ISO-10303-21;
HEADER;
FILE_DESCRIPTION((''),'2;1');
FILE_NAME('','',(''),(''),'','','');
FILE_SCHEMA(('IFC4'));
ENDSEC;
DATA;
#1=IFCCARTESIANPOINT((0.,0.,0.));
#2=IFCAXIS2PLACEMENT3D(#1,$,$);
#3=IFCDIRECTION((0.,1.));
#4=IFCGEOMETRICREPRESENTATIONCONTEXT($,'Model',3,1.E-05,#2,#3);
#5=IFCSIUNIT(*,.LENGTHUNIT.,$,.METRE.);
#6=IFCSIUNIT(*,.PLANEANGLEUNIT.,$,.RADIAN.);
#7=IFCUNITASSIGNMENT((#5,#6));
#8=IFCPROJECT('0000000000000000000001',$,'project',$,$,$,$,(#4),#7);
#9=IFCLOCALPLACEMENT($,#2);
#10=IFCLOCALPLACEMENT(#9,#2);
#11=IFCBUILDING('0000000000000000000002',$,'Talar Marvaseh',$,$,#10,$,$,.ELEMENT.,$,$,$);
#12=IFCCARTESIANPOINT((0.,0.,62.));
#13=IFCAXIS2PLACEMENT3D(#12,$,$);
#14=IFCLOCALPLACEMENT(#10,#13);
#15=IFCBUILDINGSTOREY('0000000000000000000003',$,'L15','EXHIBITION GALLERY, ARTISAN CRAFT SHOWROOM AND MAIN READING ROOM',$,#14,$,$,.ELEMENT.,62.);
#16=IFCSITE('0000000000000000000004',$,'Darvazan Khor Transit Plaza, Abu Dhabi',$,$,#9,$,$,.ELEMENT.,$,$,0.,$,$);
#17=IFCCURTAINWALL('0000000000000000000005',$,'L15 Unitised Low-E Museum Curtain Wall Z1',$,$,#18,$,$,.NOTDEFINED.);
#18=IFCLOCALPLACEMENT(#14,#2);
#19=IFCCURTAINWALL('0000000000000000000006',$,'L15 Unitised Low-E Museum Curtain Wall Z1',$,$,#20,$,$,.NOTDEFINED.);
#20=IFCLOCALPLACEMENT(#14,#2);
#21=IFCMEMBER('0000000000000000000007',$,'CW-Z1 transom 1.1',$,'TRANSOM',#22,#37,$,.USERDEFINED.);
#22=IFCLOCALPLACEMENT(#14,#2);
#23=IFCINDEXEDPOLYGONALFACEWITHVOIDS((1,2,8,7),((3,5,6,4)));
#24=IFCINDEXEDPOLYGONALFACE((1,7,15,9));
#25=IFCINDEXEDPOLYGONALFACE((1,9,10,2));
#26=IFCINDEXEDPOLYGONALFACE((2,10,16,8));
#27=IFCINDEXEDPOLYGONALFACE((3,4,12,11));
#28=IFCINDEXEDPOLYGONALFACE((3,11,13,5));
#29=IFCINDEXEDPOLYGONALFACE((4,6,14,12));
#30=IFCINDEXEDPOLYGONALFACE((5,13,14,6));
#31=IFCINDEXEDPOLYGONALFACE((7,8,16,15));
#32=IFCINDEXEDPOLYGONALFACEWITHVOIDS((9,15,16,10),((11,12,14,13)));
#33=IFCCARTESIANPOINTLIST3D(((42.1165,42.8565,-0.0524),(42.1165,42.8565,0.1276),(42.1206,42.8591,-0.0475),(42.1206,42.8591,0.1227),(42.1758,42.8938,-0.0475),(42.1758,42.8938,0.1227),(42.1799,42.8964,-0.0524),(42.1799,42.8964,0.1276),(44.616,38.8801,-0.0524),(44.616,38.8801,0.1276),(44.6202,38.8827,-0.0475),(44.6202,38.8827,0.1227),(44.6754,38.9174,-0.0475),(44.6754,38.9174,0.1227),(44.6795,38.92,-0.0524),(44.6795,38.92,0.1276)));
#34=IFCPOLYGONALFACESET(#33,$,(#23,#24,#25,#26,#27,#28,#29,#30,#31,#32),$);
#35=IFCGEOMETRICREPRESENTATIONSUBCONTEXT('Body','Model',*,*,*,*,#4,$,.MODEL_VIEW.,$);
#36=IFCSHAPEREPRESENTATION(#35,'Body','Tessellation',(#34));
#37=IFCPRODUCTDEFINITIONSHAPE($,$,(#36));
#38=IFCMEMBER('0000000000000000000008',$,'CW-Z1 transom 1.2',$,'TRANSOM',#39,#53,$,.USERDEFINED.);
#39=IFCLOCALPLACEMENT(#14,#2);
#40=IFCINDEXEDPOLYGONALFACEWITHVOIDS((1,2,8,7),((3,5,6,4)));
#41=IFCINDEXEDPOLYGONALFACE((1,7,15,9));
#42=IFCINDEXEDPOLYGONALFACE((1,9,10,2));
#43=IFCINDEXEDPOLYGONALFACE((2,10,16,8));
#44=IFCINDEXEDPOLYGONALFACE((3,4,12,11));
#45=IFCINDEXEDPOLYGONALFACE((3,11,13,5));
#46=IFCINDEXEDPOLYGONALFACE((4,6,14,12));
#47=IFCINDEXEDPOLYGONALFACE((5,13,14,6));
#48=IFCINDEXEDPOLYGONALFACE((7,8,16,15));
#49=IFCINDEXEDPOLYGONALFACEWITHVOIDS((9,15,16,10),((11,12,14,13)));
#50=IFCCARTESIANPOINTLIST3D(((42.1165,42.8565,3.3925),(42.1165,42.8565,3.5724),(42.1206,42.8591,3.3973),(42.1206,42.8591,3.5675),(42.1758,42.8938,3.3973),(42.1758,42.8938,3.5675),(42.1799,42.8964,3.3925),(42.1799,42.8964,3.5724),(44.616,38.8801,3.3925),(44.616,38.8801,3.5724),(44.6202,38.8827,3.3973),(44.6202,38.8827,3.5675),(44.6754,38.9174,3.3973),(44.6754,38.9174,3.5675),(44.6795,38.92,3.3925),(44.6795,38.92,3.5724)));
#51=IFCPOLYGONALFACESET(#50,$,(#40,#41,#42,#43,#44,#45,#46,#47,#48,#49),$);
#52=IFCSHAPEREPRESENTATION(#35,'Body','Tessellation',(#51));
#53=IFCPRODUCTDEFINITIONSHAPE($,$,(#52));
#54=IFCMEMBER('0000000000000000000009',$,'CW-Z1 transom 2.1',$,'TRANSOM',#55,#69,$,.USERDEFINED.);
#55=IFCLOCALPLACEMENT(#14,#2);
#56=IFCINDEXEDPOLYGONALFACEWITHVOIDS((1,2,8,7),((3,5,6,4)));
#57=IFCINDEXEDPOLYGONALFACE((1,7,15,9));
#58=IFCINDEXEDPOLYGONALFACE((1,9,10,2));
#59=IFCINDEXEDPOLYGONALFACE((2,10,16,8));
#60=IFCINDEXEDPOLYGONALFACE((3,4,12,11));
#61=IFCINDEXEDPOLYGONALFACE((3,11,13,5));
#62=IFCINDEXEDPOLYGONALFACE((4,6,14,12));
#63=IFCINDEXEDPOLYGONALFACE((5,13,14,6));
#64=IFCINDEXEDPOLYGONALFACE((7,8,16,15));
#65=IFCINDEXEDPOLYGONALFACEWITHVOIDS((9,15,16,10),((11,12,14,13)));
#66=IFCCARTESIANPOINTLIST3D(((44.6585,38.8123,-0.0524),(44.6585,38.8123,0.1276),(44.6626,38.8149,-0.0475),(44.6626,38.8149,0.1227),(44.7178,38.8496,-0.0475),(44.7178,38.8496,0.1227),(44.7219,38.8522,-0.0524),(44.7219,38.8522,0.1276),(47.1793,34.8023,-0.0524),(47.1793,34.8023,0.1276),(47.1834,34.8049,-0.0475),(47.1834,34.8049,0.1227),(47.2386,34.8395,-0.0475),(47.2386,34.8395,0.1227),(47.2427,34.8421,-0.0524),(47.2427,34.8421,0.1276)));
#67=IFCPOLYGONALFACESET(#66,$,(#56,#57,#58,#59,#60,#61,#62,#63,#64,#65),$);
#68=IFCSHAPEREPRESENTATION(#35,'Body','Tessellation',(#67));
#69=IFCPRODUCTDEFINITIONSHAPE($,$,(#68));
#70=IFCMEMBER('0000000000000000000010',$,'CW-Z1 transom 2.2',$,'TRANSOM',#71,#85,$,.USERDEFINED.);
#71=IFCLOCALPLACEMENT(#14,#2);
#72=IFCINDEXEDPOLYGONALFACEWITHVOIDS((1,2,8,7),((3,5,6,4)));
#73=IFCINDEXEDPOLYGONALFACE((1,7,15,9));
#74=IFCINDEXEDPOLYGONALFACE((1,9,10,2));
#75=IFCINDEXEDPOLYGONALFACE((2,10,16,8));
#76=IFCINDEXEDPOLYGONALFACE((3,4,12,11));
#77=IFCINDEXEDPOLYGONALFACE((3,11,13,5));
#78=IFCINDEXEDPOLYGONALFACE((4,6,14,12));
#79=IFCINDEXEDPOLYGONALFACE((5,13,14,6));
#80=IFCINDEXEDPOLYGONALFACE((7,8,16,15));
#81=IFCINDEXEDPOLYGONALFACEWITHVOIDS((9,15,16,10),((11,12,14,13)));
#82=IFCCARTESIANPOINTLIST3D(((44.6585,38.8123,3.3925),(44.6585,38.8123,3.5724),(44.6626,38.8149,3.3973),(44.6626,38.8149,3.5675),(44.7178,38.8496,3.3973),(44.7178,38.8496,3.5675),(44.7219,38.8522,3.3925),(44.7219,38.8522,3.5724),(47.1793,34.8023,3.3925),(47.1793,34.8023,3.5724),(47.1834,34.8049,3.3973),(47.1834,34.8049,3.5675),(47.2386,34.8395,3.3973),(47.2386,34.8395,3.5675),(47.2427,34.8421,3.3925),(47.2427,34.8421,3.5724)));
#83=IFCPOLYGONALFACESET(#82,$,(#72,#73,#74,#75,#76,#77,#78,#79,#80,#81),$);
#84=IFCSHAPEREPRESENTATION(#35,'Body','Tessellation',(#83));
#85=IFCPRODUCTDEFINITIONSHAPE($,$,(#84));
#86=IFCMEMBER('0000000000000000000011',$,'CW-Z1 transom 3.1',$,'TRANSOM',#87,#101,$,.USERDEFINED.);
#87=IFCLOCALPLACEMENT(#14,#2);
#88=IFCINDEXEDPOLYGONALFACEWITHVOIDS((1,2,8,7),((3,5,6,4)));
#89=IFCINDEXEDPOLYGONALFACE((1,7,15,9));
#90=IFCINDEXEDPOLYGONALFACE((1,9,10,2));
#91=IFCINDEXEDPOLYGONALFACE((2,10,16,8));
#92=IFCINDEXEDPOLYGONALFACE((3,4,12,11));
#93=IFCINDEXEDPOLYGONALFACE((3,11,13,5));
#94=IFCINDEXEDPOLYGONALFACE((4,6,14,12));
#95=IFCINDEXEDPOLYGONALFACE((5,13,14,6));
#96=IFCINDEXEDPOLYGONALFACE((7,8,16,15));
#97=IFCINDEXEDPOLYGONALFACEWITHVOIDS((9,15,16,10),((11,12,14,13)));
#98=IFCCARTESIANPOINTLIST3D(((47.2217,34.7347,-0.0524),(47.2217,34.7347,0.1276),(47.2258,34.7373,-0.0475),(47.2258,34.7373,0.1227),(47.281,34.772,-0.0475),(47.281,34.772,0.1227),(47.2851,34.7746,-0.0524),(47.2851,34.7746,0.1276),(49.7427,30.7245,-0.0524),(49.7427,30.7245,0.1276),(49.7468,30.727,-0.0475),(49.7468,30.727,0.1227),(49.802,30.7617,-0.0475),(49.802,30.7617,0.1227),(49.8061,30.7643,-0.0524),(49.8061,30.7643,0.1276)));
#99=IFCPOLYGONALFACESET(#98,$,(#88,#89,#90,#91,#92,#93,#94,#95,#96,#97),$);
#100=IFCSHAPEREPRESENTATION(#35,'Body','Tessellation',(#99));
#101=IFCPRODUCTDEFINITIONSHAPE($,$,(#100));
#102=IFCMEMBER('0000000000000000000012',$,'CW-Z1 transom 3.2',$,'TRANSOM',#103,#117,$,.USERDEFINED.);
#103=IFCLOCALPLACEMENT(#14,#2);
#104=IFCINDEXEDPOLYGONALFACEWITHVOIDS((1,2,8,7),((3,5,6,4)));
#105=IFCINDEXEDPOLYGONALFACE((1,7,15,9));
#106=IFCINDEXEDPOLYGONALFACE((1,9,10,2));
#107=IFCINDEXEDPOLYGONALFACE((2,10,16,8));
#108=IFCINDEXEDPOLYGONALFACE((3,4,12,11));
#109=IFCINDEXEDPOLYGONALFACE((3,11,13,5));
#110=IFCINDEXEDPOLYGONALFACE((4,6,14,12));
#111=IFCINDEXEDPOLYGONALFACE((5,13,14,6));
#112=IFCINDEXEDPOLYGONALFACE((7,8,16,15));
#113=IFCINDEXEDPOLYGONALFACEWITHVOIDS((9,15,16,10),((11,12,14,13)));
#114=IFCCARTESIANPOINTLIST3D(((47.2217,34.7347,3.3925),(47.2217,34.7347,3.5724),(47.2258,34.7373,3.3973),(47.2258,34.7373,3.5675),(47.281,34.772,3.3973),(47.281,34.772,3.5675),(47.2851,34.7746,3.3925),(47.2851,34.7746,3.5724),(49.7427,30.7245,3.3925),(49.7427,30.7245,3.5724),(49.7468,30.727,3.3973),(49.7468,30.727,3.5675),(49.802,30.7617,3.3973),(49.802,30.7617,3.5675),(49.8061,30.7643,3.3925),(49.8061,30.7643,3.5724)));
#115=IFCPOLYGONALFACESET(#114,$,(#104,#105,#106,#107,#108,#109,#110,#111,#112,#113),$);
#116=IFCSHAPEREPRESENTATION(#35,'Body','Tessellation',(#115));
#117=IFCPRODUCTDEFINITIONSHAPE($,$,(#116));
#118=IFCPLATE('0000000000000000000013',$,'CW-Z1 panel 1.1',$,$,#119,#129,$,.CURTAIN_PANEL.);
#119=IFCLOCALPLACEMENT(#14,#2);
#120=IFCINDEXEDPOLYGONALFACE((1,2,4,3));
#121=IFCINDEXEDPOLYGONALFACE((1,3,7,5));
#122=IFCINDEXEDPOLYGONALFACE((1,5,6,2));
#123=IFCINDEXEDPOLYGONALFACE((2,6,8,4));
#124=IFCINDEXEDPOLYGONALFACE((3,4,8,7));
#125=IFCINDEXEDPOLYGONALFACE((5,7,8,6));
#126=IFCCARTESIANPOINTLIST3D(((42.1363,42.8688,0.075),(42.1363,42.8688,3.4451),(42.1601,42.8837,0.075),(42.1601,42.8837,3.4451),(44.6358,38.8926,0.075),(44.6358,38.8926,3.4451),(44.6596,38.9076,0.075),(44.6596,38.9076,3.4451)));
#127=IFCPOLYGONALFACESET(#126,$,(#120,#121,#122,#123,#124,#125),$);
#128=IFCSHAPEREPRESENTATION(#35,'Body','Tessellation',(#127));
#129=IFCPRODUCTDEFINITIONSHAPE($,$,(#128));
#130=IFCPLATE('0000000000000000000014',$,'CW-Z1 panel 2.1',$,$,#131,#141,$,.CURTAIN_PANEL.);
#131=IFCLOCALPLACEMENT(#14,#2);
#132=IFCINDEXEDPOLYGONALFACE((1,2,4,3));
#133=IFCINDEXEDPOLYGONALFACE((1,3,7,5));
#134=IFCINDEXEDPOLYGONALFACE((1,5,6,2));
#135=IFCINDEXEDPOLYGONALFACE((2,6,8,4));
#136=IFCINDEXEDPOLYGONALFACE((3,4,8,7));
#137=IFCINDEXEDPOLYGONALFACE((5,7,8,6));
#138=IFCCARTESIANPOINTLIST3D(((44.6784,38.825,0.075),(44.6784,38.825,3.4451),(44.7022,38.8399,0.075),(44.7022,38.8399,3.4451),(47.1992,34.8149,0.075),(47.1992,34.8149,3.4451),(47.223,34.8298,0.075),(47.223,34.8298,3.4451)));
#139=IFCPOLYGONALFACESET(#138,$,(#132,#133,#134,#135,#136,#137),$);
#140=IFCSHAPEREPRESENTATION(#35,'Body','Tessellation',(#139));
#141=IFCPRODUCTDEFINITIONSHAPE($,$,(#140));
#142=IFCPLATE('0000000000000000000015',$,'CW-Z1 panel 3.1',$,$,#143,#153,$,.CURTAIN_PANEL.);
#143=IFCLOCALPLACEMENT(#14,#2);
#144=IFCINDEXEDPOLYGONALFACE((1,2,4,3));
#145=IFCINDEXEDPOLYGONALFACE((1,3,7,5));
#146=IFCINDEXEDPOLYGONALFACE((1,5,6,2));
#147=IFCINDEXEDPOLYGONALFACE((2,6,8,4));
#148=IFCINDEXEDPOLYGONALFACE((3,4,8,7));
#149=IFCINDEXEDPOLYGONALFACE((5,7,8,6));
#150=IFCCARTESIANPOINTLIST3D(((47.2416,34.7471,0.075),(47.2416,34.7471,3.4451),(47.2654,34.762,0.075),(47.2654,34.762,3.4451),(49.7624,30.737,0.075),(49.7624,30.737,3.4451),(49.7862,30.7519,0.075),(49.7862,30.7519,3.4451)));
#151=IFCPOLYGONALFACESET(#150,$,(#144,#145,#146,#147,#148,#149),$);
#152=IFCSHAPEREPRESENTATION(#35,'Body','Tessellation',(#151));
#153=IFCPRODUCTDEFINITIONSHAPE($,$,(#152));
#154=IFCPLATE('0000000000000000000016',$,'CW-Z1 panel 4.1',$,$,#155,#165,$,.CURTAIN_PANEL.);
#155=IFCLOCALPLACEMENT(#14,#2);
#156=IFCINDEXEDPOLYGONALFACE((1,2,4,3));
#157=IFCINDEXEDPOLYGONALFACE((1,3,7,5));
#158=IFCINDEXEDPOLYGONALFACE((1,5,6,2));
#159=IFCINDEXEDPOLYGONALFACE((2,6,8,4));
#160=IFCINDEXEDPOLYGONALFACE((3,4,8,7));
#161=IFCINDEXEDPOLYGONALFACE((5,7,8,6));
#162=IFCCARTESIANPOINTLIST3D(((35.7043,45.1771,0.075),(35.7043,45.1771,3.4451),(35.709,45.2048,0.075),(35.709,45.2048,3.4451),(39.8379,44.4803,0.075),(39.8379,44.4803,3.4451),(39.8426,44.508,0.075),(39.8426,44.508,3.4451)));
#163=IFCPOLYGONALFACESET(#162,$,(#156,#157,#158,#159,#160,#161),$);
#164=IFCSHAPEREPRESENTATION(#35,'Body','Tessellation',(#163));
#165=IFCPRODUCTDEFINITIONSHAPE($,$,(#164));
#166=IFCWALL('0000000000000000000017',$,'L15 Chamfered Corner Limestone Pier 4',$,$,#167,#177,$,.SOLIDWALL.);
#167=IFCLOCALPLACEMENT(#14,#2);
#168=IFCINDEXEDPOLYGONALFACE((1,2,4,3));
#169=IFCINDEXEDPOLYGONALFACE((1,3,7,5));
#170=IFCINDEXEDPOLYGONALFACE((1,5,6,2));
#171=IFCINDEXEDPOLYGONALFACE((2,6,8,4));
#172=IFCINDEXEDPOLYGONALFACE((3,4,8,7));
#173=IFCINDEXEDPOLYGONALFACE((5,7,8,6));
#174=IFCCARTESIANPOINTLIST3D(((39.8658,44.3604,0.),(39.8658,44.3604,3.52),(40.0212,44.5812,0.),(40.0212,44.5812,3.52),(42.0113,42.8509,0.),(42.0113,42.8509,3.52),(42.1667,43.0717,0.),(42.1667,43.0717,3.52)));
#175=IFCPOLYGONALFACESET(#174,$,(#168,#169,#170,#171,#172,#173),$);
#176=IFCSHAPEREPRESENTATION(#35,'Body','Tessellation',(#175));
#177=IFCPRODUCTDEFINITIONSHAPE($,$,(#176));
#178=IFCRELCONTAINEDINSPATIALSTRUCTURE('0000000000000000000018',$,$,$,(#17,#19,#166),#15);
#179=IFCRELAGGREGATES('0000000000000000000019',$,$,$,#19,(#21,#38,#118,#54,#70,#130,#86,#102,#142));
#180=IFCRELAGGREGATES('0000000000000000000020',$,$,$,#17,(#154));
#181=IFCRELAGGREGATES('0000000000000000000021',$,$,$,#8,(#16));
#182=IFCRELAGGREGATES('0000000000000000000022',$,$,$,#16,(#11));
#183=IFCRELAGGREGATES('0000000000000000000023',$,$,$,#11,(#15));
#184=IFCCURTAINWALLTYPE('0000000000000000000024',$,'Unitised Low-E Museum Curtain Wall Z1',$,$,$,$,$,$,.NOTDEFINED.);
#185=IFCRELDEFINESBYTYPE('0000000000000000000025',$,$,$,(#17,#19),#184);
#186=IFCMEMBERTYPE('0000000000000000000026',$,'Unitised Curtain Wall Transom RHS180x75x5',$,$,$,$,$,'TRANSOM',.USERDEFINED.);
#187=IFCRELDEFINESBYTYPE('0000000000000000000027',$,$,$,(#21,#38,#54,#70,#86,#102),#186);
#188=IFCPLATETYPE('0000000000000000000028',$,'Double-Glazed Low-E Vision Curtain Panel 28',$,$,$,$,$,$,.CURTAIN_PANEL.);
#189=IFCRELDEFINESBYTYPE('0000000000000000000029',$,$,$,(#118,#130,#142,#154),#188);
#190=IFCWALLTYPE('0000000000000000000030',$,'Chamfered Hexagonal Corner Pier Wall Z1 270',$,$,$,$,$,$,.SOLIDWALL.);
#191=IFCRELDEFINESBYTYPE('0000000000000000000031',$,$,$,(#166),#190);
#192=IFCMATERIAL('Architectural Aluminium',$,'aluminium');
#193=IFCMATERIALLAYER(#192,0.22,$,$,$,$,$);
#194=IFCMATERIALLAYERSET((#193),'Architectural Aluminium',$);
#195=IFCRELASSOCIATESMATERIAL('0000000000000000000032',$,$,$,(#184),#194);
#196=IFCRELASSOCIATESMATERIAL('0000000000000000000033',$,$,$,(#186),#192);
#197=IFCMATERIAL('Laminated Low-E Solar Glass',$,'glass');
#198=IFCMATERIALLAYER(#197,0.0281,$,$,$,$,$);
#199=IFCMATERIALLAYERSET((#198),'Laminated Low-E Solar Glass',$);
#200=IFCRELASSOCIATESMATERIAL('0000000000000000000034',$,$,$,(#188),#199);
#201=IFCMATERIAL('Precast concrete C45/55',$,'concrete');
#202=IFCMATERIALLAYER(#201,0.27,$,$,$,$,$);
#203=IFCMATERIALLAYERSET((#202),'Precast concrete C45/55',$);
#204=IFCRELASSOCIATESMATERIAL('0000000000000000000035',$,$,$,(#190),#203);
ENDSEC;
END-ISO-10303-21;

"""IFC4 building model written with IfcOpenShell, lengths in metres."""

from ifc_helpers import new_model, si_unit, direction, frame, frame_2d, origin, origin_2d, place, context, subcontext, project, spatial, rectangle, hollow_rectangle, extrude, source, transform, mapped, material, layer, layer_set, material_profile, profile_set, type_object, type_shapes, element, aggregate, save


model = new_model("IFC4")

# Units and contexts
model_context = context("Model", 3, precision=1e-05, world=origin(), true_north=direction((0.0, 1.0)))
body_context = subcontext(model_context, "Body", "Model", "MODEL_VIEW")
ifc_project = project(units=[si_unit("LENGTHUNIT", "METRE"), si_unit("PLANEANGLEUNIT", "RADIAN")], contexts=[model_context])

# Site, building, storey
site_placement = place(None, origin())
site = spatial("IfcSite", under=ifc_project, at=site_placement, Name="Darvazan Khor Transit Plaza, Abu Dhabi", CompositionType="ELEMENT", RefElevation=0.0)
building_placement = place(site_placement, origin())
building = spatial("IfcBuilding", under=site, at=building_placement, Name="Talar Marvaseh", CompositionType="ELEMENT")
storey_placement = place(building_placement, frame((0.0, 0.0, 62.0)))
storey = spatial("IfcBuildingStorey", under=building, at=storey_placement, Name="L15", Description="EXHIBITION GALLERY, ARTISAN CRAFT SHOWROOM AND MAIN READING ROOM", CompositionType="ELEMENT", Elevation=62.0)

# Curtain wall
ifc_material_1 = material(Name="Architectural Aluminium", Category="aluminium")
ifc_layer_1 = layer(ifc_material_1, 0.22)
ifc_layer_set_1 = layer_set([ifc_layer_1], Name="Architectural Aluminium")
curtain_wall_type = type_object("IfcCurtainWallType", Name="Unitised Low-E Museum Curtain Wall Z1", PredefinedType="NOTDEFINED", material=ifc_layer_set_1)
curtain_wall_1_placement = place(storey_placement, origin())
curtain_wall_1 = element("IfcCurtainWall", 1, at=curtain_wall_1_placement, inside=storey, type_object=curtain_wall_type, Name="L15 Unitised Low-E Museum Curtain Wall Z1", PredefinedType="NOTDEFINED")

# Curtain wall, members, plates
curtain_wall_2_placement = place(storey_placement, origin())
curtain_wall_2 = element("IfcCurtainWall", 2, at=curtain_wall_2_placement, inside=storey, type_object=curtain_wall_type, Name="L15 Unitised Low-E Museum Curtain Wall Z1", PredefinedType="NOTDEFINED")
ifc_material_profile_1 = material_profile(ifc_material_1, hollow_rectangle(XDim=0.075, YDim=0.1799, WallThickness=0.0049, at=origin_2d()), Name="RHS180x75x5")
ifc_profile_set_1 = profile_set([ifc_material_profile_1], Name="Architectural Aluminium")
member_type_1 = type_object("IfcMemberType", Name="Unitised Curtain Wall Transom RHS180x75x5", ElementType="TRANSOM", PredefinedType="USERDEFINED", material=ifc_profile_set_1)
shared_shape_1 = source(origin(), body_context, "Body", "SweptSolid", [
    extrude(hollow_rectangle(XDim=0.075, YDim=0.1799, WallThickness=0.0049, at=origin_2d()), origin(), (0.0, 0.0, 1.0), 4.6968),
])
member_1_placement = place(storey_placement, frame((42.1482, 42.8765, 0.0376), z_axis=(0.532189, -0.846626, 0.0), x_axis=(0.846626, 0.532189, 0.0)))
member_1 = element("IfcMember", 3, at=member_1_placement, type_object=member_type_1, Name="CW-Z1 transom 1.1", ObjectType="TRANSOM", PredefinedType="USERDEFINED", context=body_context, shape_type="MappedRepresentation", body=[
    mapped(shared_shape_1, transform((0.0, 0.0, 0.0), x_axis=(1.0, 0.0, 0.0), y_axis=(0.0, 1.0, 0.0), z_axis=(0.0, 0.0, 1.0), scale=1.0)),
])
member_2_placement = place(storey_placement, frame((42.1482, 42.8765, 3.4824), z_axis=(0.532189, -0.846626, 0.0), x_axis=(0.846626, 0.532189, 0.0)))
member_2 = element("IfcMember", 4, at=member_2_placement, type_object=member_type_1, Name="CW-Z1 transom 1.2", ObjectType="TRANSOM", PredefinedType="USERDEFINED", context=body_context, shape_type="MappedRepresentation", body=[
    mapped(shared_shape_1, transform((0.0, 0.0, 0.0), x_axis=(1.0, 0.0, 0.0), y_axis=(0.0, 1.0, 0.0), z_axis=(0.0, 0.0, 1.0), scale=1.0)),
])
shared_shape_2 = source(origin(), body_context, "Body", "SweptSolid", [
    extrude(hollow_rectangle(XDim=0.075, YDim=0.1799, WallThickness=0.0049, at=origin_2d()), origin(), (0.0, 0.0, 1.0), 4.7366),
])
member_3_placement = place(storey_placement, frame((44.6902, 38.8323, 0.0376), z_axis=(0.532198, -0.84662, 0.0), x_axis=(0.84662, 0.532198, 0.0)))
member_3 = element("IfcMember", 5, at=member_3_placement, type_object=member_type_1, Name="CW-Z1 transom 2.1", ObjectType="TRANSOM", PredefinedType="USERDEFINED", context=body_context, shape_type="MappedRepresentation", body=[
    mapped(shared_shape_2, transform((0.0, 0.0, 0.0), x_axis=(1.0, 0.0, 0.0), y_axis=(0.0, 1.0, 0.0), z_axis=(0.0, 0.0, 1.0), scale=1.0)),
])
member_4_placement = place(storey_placement, frame((44.6902, 38.8323, 3.4824), z_axis=(0.532198, -0.84662, 0.0), x_axis=(0.84662, 0.532198, 0.0)))
member_4 = element("IfcMember", 6, at=member_4_placement, type_object=member_type_1, Name="CW-Z1 transom 2.2", ObjectType="TRANSOM", PredefinedType="USERDEFINED", context=body_context, shape_type="MappedRepresentation", body=[
    mapped(shared_shape_2, transform((0.0, 0.0, 0.0), x_axis=(1.0, 0.0, 0.0), y_axis=(0.0, 1.0, 0.0), z_axis=(0.0, 0.0, 1.0), scale=1.0)),
])
shared_shape_3 = source(origin(), body_context, "Body", "SweptSolid", [
    extrude(hollow_rectangle(XDim=0.075, YDim=0.1799, WallThickness=0.0049, at=origin_2d()), origin(), (0.0, 0.0, 1.0), 4.7368),
])
type_shapes(member_type_1, [shared_shape_1, shared_shape_2, shared_shape_3])
member_5_placement = place(storey_placement, frame((47.2534, 34.7546, 0.0376), z_axis=(0.532212, -0.846611, 0.0), x_axis=(0.846611, 0.532212, 0.0)))
member_5 = element("IfcMember", 7, at=member_5_placement, type_object=member_type_1, Name="CW-Z1 transom 3.1", ObjectType="TRANSOM", PredefinedType="USERDEFINED", context=body_context, shape_type="MappedRepresentation", body=[
    mapped(shared_shape_3, transform((0.0, 0.0, 0.0), x_axis=(1.0, 0.0, 0.0), y_axis=(0.0, 1.0, 0.0), z_axis=(0.0, 0.0, 1.0), scale=1.0)),
])
member_6_placement = place(storey_placement, frame((47.2534, 34.7546, 3.4824), z_axis=(0.532212, -0.846611, 0.0), x_axis=(0.846611, 0.532212, 0.0)))
member_6 = element("IfcMember", 8, at=member_6_placement, type_object=member_type_1, Name="CW-Z1 transom 3.2", ObjectType="TRANSOM", PredefinedType="USERDEFINED", context=body_context, shape_type="MappedRepresentation", body=[
    mapped(shared_shape_3, transform((0.0, 0.0, 0.0), x_axis=(1.0, 0.0, 0.0), y_axis=(0.0, 1.0, 0.0), z_axis=(0.0, 0.0, 1.0), scale=1.0)),
])
ifc_material_2 = material(Name="Laminated Low-E Solar Glass", Category="glass")
ifc_layer_2 = layer(ifc_material_2, 0.0281)
ifc_layer_set_2 = layer_set([ifc_layer_2], Name="Laminated Low-E Solar Glass")
plate_type = type_object("IfcPlateType", Name="Double-Glazed Low-E Vision Curtain Panel 28", PredefinedType="CURTAIN_PANEL", material=ifc_layer_set_2)
shared_shape_4 = source(origin(), body_context, "Body", "SweptSolid", [
    extrude(rectangle(XDim=4.6965, YDim=0.0281, at=origin_2d()), origin(), (0.0, 0.0, 1.0), 3.3701),
])
plate_1_placement = place(storey_placement, frame((43.3979, 40.8882, 0.075), z_axis=(0.0, 0.0, 1.0), x_axis=(0.532195, -0.846622, 0.0)))
plate_1 = element("IfcPlate", 9, at=plate_1_placement, type_object=plate_type, Name="CW-Z1 panel 1.1", PredefinedType="CURTAIN_PANEL", context=body_context, shape_type="MappedRepresentation", body=[
    mapped(shared_shape_4, transform((0.0, 0.0, 0.0), x_axis=(1.0, 0.0, 0.0), y_axis=(0.0, 1.0, 0.0), z_axis=(0.0, 0.0, 1.0), scale=1.0)),
])
shared_shape_5 = source(origin(), body_context, "Body", "SweptSolid", [
    extrude(rectangle(XDim=4.7366, YDim=0.0281, at=origin_2d()), origin(), (0.0, 0.0, 1.0), 3.3701),
])
plate_2_placement = place(storey_placement, frame((45.9507, 36.8274, 0.075), z_axis=(0.0, 0.0, 1.0), x_axis=(0.532195, -0.846622, 0.0)))
plate_2 = element("IfcPlate", 10, at=plate_2_placement, type_object=plate_type, Name="CW-Z1 panel 2.1", PredefinedType="CURTAIN_PANEL", context=body_context, shape_type="MappedRepresentation", body=[
    mapped(shared_shape_5, transform((0.0, 0.0, 0.0), x_axis=(1.0, 0.0, 0.0), y_axis=(0.0, 1.0, 0.0), z_axis=(0.0, 0.0, 1.0), scale=1.0)),
])
plate_3_placement = place(storey_placement, frame((48.5139, 32.7495, 0.075), z_axis=(0.0, 0.0, 1.0), x_axis=(0.532195, -0.846622, 0.0)))
plate_3 = element("IfcPlate", 11, at=plate_3_placement, type_object=plate_type, Name="CW-Z1 panel 3.1", PredefinedType="CURTAIN_PANEL", context=body_context, shape_type="MappedRepresentation", body=[
    mapped(shared_shape_5, transform((0.0, 0.0, 0.0), x_axis=(1.0, 0.0, 0.0), y_axis=(0.0, 1.0, 0.0), z_axis=(0.0, 0.0, 1.0), scale=1.0)),
])
aggregate(curtain_wall_2, [member_1, member_2, plate_1, member_3, member_4, plate_2, member_5, member_6, plate_3])

# Plate
shared_shape_6 = source(origin(), body_context, "Body", "SweptSolid", [
    extrude(rectangle(XDim=4.1919, YDim=0.0281, at=origin_2d()), origin(), (0.0, 0.0, 1.0), 3.3701),
])
type_shapes(plate_type, [shared_shape_4, shared_shape_5, shared_shape_6])
plate_4_placement = place(storey_placement, frame((37.7734, 44.8425, 0.075), z_axis=(0.0, 0.0, 1.0), x_axis=(0.98609, -0.166215, 0.0)))
plate_4 = element("IfcPlate", 12, at=plate_4_placement, type_object=plate_type, Name="CW-Z1 panel 4.1", PredefinedType="CURTAIN_PANEL", context=body_context, shape_type="MappedRepresentation", body=[
    mapped(shared_shape_6, transform((0.0, 0.0, 0.0), x_axis=(1.0, 0.0, 0.0), y_axis=(0.0, 1.0, 0.0), z_axis=(0.0, 0.0, 1.0), scale=1.0)),
])
aggregate(curtain_wall_1, [plate_4])

# Wall
ifc_material_3 = material(Name="Precast concrete C45/55", Category="concrete")
ifc_layer_3 = layer(ifc_material_3, 0.27)
ifc_layer_set_3 = layer_set([ifc_layer_3], Name="Precast concrete C45/55")
wall_type = type_object("IfcWallType", Name="Chamfered Hexagonal Corner Pier Wall Z1 270", PredefinedType="SOLIDWALL", material=ifc_layer_set_3)
wall_placement = place(storey_placement, frame((39.9436, 44.4707, 0.0), z_axis=(0.0, 0.0, 1.0), x_axis=(0.817857, -0.575422, 0.0)))
element("IfcWall", 13, at=wall_placement, inside=storey, type_object=wall_type, Name="L15 Chamfered Corner Limestone Pier 4", PredefinedType="SOLIDWALL", context=body_context, shape_type="SweptSolid", body=[
    extrude(rectangle(XDim=2.6233, YDim=0.27, at=frame_2d((1.3115, 0.0))), origin(), (0.0, 0.0, 1.0), 3.52),
])

save(model, "model.ifc")
